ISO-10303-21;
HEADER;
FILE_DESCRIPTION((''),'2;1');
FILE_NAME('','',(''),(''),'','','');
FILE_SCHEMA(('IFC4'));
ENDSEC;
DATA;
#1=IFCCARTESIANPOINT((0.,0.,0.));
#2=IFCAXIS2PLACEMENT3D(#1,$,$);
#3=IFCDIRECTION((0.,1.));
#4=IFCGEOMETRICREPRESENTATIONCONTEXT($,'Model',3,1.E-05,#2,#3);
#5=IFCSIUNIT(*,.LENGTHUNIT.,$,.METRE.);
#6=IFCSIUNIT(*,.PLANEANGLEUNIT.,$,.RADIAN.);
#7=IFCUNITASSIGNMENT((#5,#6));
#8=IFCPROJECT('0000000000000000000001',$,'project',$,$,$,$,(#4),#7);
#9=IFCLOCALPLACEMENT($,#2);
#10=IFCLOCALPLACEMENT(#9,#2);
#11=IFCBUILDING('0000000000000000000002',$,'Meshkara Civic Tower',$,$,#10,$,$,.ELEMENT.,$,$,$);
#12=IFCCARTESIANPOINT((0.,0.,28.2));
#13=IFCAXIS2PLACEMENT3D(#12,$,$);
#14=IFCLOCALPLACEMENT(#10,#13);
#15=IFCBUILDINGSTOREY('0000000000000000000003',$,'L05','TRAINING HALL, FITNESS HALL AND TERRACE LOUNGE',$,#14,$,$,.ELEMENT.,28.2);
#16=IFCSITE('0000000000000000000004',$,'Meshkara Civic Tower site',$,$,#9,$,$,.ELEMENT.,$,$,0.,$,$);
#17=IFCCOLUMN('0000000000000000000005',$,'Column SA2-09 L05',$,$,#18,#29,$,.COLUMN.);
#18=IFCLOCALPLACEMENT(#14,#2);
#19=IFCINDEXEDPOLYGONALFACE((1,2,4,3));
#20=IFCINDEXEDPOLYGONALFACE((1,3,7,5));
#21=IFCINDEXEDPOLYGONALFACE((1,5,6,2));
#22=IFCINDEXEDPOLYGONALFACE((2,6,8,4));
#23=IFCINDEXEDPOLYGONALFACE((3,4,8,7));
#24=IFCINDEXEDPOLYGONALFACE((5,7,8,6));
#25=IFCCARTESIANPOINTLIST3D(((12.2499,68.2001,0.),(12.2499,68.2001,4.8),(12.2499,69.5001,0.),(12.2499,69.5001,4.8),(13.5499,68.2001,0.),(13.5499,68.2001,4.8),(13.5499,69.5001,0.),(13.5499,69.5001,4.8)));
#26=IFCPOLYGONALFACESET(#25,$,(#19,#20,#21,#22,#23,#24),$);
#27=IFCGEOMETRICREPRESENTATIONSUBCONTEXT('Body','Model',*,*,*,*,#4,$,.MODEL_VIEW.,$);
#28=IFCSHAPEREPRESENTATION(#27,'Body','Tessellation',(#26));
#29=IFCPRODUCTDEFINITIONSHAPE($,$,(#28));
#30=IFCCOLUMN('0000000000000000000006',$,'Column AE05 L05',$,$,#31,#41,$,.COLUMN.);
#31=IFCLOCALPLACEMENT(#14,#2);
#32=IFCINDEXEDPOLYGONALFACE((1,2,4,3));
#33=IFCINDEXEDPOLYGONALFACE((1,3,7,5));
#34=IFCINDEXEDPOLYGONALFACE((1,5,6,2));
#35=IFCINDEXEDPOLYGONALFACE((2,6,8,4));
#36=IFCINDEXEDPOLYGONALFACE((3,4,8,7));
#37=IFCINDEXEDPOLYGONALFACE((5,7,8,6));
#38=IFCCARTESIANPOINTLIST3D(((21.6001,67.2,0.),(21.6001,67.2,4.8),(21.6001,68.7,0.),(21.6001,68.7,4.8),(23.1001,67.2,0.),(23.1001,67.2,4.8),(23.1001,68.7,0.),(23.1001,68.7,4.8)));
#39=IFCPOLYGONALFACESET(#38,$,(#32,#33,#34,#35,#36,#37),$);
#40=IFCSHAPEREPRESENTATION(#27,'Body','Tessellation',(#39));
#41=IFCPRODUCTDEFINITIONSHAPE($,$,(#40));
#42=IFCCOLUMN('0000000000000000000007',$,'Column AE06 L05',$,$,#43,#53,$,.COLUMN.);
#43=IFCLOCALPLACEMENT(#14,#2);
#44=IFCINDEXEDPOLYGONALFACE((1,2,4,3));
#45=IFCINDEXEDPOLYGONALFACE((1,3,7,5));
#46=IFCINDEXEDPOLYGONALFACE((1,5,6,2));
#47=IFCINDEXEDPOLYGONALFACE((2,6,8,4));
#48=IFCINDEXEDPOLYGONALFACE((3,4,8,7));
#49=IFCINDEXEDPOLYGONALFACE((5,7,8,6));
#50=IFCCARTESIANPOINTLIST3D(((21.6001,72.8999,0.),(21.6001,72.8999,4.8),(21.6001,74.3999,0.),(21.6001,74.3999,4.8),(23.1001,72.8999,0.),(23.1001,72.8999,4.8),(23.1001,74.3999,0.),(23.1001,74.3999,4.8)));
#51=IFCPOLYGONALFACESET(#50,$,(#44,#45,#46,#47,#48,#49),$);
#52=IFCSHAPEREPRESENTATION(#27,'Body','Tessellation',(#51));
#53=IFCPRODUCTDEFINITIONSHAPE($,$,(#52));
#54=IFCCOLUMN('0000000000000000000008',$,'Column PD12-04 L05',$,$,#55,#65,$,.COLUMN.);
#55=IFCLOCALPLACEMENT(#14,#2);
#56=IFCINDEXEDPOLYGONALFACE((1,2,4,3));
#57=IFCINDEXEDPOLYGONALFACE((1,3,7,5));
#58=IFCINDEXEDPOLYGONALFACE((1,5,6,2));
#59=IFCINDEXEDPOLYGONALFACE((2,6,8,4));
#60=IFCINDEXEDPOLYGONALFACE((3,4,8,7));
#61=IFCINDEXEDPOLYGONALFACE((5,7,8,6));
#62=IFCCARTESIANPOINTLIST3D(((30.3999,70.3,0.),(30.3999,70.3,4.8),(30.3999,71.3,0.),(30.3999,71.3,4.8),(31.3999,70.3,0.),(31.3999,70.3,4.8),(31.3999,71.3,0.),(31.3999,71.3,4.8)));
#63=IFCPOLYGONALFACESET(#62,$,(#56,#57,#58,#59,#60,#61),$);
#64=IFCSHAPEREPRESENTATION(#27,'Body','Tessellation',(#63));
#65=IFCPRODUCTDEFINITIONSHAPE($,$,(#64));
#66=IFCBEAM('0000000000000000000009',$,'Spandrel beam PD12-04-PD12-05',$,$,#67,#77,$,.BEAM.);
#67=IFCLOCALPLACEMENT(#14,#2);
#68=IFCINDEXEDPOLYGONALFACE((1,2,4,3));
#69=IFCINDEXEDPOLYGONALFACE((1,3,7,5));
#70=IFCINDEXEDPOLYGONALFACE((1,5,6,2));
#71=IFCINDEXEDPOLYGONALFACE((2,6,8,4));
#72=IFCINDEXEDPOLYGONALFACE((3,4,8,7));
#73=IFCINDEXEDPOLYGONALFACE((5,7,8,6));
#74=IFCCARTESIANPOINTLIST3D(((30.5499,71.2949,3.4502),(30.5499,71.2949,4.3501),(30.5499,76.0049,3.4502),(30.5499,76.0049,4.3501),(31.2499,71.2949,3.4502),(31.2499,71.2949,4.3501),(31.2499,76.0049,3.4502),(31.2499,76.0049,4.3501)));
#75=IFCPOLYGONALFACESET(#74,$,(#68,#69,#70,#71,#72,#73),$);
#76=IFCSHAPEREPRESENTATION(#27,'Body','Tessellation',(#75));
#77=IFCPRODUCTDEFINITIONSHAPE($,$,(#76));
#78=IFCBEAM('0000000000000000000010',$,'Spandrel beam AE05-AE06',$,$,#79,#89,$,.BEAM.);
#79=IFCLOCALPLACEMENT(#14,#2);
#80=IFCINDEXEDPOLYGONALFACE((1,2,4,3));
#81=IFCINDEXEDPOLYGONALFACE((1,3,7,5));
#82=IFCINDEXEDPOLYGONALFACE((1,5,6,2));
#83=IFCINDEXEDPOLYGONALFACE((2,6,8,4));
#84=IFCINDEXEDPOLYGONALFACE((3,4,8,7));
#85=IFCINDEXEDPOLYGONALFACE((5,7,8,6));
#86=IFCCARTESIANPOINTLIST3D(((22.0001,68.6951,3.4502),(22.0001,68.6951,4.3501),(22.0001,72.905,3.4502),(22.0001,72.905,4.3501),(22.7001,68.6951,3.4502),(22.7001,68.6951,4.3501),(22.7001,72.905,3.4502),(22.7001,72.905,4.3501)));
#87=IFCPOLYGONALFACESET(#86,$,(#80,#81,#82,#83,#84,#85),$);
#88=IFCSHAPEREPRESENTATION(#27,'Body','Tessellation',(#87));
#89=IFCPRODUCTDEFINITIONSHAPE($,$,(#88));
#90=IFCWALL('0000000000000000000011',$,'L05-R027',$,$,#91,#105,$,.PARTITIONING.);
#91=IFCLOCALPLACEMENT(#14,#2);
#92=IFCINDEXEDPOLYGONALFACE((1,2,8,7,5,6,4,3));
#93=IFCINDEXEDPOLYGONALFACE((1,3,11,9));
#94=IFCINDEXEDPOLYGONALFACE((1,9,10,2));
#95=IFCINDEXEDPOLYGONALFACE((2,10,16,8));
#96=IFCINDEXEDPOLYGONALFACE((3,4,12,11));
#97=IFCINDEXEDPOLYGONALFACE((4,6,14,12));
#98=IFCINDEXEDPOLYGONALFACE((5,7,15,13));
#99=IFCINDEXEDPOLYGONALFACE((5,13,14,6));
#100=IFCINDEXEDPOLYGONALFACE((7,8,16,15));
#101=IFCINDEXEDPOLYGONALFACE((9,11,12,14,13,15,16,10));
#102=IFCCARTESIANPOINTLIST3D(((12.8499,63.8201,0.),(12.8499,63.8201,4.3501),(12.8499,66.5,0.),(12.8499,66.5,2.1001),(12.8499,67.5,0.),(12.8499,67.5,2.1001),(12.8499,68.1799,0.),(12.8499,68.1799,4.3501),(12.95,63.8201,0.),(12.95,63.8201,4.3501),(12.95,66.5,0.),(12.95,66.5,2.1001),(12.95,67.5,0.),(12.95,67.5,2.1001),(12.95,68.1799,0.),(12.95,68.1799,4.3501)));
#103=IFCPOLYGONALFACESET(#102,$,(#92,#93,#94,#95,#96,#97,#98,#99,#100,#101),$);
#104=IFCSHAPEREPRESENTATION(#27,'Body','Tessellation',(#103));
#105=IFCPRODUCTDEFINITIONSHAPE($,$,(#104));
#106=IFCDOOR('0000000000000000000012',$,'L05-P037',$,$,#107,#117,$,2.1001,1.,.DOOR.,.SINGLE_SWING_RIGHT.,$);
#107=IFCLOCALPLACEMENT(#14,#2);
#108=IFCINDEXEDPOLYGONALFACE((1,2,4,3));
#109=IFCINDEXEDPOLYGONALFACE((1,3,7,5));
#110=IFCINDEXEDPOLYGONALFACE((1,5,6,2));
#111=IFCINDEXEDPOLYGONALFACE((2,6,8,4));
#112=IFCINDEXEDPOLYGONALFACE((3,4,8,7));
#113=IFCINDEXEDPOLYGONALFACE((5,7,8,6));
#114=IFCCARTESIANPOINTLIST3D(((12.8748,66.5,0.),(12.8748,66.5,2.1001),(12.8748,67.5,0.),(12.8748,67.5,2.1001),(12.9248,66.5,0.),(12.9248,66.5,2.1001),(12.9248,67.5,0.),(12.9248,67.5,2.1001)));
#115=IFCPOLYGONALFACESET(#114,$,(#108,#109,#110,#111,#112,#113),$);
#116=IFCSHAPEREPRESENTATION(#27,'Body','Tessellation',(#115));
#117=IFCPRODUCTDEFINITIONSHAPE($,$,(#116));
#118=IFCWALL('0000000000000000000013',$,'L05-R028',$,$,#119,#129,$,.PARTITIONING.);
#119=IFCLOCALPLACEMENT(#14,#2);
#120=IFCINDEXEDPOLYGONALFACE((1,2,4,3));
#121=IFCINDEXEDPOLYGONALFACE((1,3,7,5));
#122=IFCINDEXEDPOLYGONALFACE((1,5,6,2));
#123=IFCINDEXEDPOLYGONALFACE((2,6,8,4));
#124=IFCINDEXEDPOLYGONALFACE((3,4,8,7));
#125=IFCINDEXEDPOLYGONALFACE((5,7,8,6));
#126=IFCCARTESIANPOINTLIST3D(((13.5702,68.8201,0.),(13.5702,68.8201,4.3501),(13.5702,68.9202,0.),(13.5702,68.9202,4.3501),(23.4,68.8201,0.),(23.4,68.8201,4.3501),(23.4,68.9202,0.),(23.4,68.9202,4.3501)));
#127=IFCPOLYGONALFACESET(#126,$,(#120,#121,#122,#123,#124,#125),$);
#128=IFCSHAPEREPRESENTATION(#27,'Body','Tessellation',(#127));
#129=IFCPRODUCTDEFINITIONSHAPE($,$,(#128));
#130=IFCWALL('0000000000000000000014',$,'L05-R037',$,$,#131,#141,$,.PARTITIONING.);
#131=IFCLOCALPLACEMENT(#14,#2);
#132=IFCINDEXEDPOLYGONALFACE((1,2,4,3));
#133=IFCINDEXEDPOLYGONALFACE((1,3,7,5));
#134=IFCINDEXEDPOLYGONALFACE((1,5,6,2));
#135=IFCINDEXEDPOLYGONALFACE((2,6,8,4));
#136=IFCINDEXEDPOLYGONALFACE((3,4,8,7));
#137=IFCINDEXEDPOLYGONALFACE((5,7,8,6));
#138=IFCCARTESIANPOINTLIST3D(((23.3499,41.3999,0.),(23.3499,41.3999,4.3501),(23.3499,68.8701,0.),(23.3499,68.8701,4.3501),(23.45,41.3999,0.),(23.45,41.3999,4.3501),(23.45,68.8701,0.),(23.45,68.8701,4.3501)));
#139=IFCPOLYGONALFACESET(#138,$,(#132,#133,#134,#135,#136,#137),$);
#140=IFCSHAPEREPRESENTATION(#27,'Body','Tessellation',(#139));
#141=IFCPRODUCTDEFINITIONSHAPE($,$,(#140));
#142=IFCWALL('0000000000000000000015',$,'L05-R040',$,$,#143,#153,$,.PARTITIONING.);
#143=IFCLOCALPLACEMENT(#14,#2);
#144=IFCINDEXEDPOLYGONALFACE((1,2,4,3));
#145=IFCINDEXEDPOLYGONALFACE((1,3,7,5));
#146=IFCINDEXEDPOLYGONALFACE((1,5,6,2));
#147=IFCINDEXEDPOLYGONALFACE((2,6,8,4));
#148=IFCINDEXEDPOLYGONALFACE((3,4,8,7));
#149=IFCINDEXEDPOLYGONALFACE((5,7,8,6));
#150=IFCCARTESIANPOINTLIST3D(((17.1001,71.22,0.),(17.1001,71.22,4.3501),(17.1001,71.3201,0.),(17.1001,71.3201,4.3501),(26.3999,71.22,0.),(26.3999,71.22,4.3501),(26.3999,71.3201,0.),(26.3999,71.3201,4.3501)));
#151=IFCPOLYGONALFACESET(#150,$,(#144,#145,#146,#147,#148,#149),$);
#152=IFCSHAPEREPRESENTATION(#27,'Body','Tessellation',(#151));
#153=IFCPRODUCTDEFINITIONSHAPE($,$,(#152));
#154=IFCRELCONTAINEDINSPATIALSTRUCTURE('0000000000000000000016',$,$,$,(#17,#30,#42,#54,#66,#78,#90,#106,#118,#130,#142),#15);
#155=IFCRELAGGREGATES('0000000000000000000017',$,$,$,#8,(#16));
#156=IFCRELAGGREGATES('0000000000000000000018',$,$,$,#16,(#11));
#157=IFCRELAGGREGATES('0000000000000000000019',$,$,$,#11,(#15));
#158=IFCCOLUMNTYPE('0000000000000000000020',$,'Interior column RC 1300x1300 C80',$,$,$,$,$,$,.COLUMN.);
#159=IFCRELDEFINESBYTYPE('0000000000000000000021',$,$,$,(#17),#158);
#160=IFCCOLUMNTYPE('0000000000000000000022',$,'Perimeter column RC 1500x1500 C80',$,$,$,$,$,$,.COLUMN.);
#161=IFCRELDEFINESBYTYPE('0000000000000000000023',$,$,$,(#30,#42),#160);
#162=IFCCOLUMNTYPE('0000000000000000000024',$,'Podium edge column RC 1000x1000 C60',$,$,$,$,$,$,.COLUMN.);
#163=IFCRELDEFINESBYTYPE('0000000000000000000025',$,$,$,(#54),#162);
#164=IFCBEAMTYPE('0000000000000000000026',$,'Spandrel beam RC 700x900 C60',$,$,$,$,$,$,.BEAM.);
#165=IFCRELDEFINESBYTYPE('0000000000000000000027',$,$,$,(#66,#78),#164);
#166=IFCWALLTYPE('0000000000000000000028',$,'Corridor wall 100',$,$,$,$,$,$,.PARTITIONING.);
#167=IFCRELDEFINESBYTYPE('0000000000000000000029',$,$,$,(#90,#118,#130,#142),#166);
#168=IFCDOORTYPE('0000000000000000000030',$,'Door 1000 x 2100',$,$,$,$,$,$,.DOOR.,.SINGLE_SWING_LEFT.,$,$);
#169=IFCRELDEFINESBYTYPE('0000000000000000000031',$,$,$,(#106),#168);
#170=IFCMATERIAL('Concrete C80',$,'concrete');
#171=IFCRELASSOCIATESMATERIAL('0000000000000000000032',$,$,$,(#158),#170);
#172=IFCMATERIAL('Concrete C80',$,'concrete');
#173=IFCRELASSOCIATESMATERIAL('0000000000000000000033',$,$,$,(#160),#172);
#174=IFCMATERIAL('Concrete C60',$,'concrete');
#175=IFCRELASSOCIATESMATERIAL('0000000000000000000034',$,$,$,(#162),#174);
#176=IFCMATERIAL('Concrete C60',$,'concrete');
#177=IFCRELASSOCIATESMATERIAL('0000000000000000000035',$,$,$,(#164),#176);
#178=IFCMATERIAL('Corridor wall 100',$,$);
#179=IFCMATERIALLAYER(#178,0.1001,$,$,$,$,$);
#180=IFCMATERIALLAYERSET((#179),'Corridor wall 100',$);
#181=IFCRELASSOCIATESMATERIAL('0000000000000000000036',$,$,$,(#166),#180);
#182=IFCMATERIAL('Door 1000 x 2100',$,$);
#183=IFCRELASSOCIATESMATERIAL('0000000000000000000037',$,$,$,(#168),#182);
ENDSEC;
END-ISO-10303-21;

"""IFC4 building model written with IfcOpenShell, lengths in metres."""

from ifc_helpers import new_model, si_unit, direction, frame, frame_2d, origin, origin_2d, place, context, subcontext, project, spatial, rectangle, extrude, material, layer, layer_set, material_profile, profile_set, type_object, element, fill, save


model = new_model("IFC4")

# Units and contexts
model_context = context("Model", 3, precision=1e-05, world=origin(), true_north=direction((0.0, 1.0)))
body_context = subcontext(model_context, "Body", "Model", "MODEL_VIEW")
ifc_project = project(units=[si_unit("LENGTHUNIT", "METRE"), si_unit("PLANEANGLEUNIT", "RADIAN")], contexts=[model_context])

# Site, building, storey
site_placement = place(None, origin())
site = spatial("IfcSite", under=ifc_project, at=site_placement, Name="Meshkara Civic Tower site", CompositionType="ELEMENT", RefElevation=0.0)
building_placement = place(site_placement, origin())
building = spatial("IfcBuilding", under=site, at=building_placement, Name="Meshkara Civic Tower", CompositionType="ELEMENT")
storey_placement = place(building_placement, frame((0.0, 0.0, 28.2)))
storey = spatial("IfcBuildingStorey", under=building, at=storey_placement, Name="L05", Description="TRAINING HALL, FITNESS HALL AND TERRACE LOUNGE", CompositionType="ELEMENT", Elevation=28.2)

# Columns
ifc_material_1 = material(Name="Concrete C80", Category="concrete")
ifc_material_profile_1 = material_profile(ifc_material_1, rectangle(XDim=1.3, YDim=1.3, at=origin_2d()))
ifc_profile_set_1 = profile_set([ifc_material_profile_1], Name="Concrete C80")
column_type_1 = type_object("IfcColumnType", Name="Interior column RC 1300x1300 C80", PredefinedType="COLUMN", material=ifc_profile_set_1)
column_1_placement = place(storey_placement, frame((12.8999, 68.8501, 0.0), z_axis=(0.0, 0.0, 1.0), x_axis=(1.0, 0.0, 0.0)))
element("IfcColumn", 1, at=column_1_placement, inside=storey, type_object=column_type_1, Name="Column SA2-09 L05", PredefinedType="COLUMN", context=body_context, shape_type="SweptSolid", body=[
    extrude(rectangle(XDim=1.3, YDim=1.3, at=origin_2d()), origin(), (0.0, 0.0, 1.0), 4.8),
])
ifc_material_2 = material(Name="Concrete C80", Category="concrete")
ifc_material_profile_2 = material_profile(ifc_material_2, rectangle(XDim=1.5, YDim=1.5, at=origin_2d()))
ifc_profile_set_2 = profile_set([ifc_material_profile_2], Name="Concrete C80")
column_type_2 = type_object("IfcColumnType", Name="Perimeter column RC 1500x1500 C80", PredefinedType="COLUMN", material=ifc_profile_set_2)
for number, where, z_axis, x_axis, name in (
    (2, (22.3501, 67.95, 0.0), (0.0, 0.0, 1.0), (1.0, 0.0, 0.0), "Column AE05 L05"),
    (3, (22.3501, 73.6499, 0.0), (0.0, 0.0, 1.0), (1.0, 0.0, 0.0), "Column AE06 L05"),
):
    element("IfcColumn", number, at=place(storey_placement, frame(where, z_axis=z_axis, x_axis=x_axis)), inside=storey, type_object=column_type_2, Name=name, PredefinedType="COLUMN", context=body_context, shape_type="SweptSolid", body=[
        extrude(rectangle(XDim=1.5, YDim=1.5, at=origin_2d()), origin(), (0.0, 0.0, 1.0), 4.8),
    ])
ifc_material_3 = material(Name="Concrete C60", Category="concrete")
ifc_material_profile_3 = material_profile(ifc_material_3, rectangle(XDim=1.0, YDim=1.0, at=origin_2d()))
ifc_profile_set_3 = profile_set([ifc_material_profile_3], Name="Concrete C60")
column_type_3 = type_object("IfcColumnType", Name="Podium edge column RC 1000x1000 C60", PredefinedType="COLUMN", material=ifc_profile_set_3)
column_2_placement = place(storey_placement, frame((30.8999, 70.8, 0.0), z_axis=(0.0, 0.0, 1.0), x_axis=(1.0, 0.0, 0.0)))
element("IfcColumn", 4, at=column_2_placement, inside=storey, type_object=column_type_3, Name="Column PD12-04 L05", PredefinedType="COLUMN", context=body_context, shape_type="SweptSolid", body=[
    extrude(rectangle(XDim=1.0, YDim=1.0, at=origin_2d()), origin(), (0.0, 0.0, 1.0), 4.8),
])

# Beams
ifc_material_4 = material(Name="Concrete C60", Category="concrete")
ifc_material_profile_4 = material_profile(ifc_material_4, rectangle(XDim=0.7, YDim=0.8999, at=origin_2d()))
ifc_profile_set_4 = profile_set([ifc_material_profile_4], Name="Concrete C60")
beam_type = type_object("IfcBeamType", Name="Spandrel beam RC 700x900 C60", PredefinedType="BEAM", material=ifc_profile_set_4)
beam_1_placement = place(storey_placement, frame((30.8999, 71.2949, 3.9001), z_axis=(0.0, 1.0, 0.0), x_axis=(-1.0, 0.0, 0.0)))
element("IfcBeam", 5, at=beam_1_placement, inside=storey, type_object=beam_type, Name="Spandrel beam PD12-04-PD12-05", PredefinedType="BEAM", context=body_context, shape_type="SweptSolid", body=[
    extrude(rectangle(XDim=0.7, YDim=0.8999, at=origin_2d()), origin(), (0.0, 0.0, 1.0), 4.71),
])
beam_2_placement = place(storey_placement, frame((22.3501, 68.6951, 3.9001), z_axis=(0.0, 1.0, 0.0), x_axis=(-1.0, 0.0, 0.0)))
element("IfcBeam", 6, at=beam_2_placement, inside=storey, type_object=beam_type, Name="Spandrel beam AE05-AE06", PredefinedType="BEAM", context=body_context, shape_type="SweptSolid", body=[
    extrude(rectangle(XDim=0.7, YDim=0.8999, at=origin_2d()), origin(), (0.0, 0.0, 1.0), 4.21),
])

# Wall, opening, door
ifc_material_5 = material(Name="Corridor wall 100")
ifc_layer_1 = layer(ifc_material_5, 0.1001)
ifc_layer_set_1 = layer_set([ifc_layer_1], Name="Corridor wall 100")
wall_type_1 = type_object("IfcWallType", Name="Corridor wall 100", PredefinedType="PARTITIONING", material=ifc_layer_set_1)
wall_1_placement = place(storey_placement, frame((12.8999, 68.1799, 0.0), z_axis=(0.0, 0.0, 1.0), x_axis=(0.0, -1.0, 0.0)))
wall_1 = element("IfcWall", 7, at=wall_1_placement, inside=storey, type_object=wall_type_1, Name="L05-R027", PredefinedType="PARTITIONING", context=body_context, shape_type="SweptSolid", body=[
    extrude(rectangle(XDim=4.3599, YDim=0.1001, at=frame_2d((2.1799, 0.0))), origin(), (0.0, 0.0, 1.0), 4.3501),
])
opening_1_placement = place(wall_1_placement, frame((0.6799, 0.0, 0.0)))
opening_1 = element("IfcOpeningElement", 8, at=opening_1_placement, cuts=wall_1, PredefinedType="OPENING", context=body_context, shape_type="SweptSolid", body=[
    extrude(rectangle(XDim=1.0, YDim=2.1001, at=frame_2d((0.5, 1.05))), frame((0.0, 0.0601, 0.0), z_axis=(0.0, -1.0, 0.0), x_axis=(1.0, 0.0, 0.0)), (0.0, 0.0, 1.0), 0.1201),
])
ifc_material_6 = material(Name="Door 1000 x 2100")
door_type_1 = type_object("IfcDoorType", Name="Door 1000 x 2100", OperationType="SINGLE_SWING_LEFT", PredefinedType="DOOR", material=ifc_material_6)
door_1_placement = place(opening_1_placement, origin())
door_1 = element("IfcDoor", 9, at=door_1_placement, inside=storey, type_object=door_type_1, Name="L05-P037", OperationType="SINGLE_SWING_RIGHT", OverallHeight=2.1001, OverallWidth=1.0, PredefinedType="DOOR", context=body_context, shape_type="SweptSolid", body=[
    extrude(rectangle(XDim=1.0, YDim=2.1001, at=frame_2d((0.5, 1.05))), frame((0.0, 0.0249, 0.0), z_axis=(0.0, -1.0, 0.0), x_axis=(1.0, 0.0, 0.0)), (0.0, 0.0, 1.0), 0.05),
])
fill(opening_1, door_1)

# Walls
wall_2_placement = place(storey_placement, frame((13.5701, 68.8701, 0.0), z_axis=(0.0, 0.0, 1.0), x_axis=(1.0, 0.0, 0.0)))
element("IfcWall", 10, at=wall_2_placement, inside=storey, type_object=wall_type_1, Name="L05-R028", PredefinedType="PARTITIONING", context=body_context, shape_type="SweptSolid", body=[
    extrude(rectangle(XDim=9.8298, YDim=0.1001, at=frame_2d((4.915, 0.0))), origin(), (0.0, 0.0, 1.0), 4.3501),
])
wall_3_placement = place(storey_placement, frame((23.3999, 68.8701, 0.0), z_axis=(0.0, 0.0, 1.0), x_axis=(0.0, -1.0, 0.0)))
element("IfcWall", 11, at=wall_3_placement, inside=storey, type_object=wall_type_1, Name="L05-R037", PredefinedType="PARTITIONING", context=body_context, shape_type="SweptSolid", body=[
    extrude(rectangle(XDim=27.4702, YDim=0.1001, at=frame_2d((13.7351, 0.0))), origin(), (0.0, 0.0, 1.0), 4.3501),
])
wall_4_placement = place(storey_placement, frame((26.3999, 71.27, 0.0), z_axis=(0.0, 0.0, 1.0), x_axis=(-1.0, 0.0, 0.0)))
element("IfcWall", 12, at=wall_4_placement, inside=storey, type_object=wall_type_1, Name="L05-R040", PredefinedType="PARTITIONING", context=body_context, shape_type="SweptSolid", body=[
    extrude(rectangle(XDim=9.2998, YDim=0.1001, at=frame_2d((4.6499, 0.0))), origin(), (0.0, 0.0, 1.0), 4.3501),
])

save(model, "model.ifc")
